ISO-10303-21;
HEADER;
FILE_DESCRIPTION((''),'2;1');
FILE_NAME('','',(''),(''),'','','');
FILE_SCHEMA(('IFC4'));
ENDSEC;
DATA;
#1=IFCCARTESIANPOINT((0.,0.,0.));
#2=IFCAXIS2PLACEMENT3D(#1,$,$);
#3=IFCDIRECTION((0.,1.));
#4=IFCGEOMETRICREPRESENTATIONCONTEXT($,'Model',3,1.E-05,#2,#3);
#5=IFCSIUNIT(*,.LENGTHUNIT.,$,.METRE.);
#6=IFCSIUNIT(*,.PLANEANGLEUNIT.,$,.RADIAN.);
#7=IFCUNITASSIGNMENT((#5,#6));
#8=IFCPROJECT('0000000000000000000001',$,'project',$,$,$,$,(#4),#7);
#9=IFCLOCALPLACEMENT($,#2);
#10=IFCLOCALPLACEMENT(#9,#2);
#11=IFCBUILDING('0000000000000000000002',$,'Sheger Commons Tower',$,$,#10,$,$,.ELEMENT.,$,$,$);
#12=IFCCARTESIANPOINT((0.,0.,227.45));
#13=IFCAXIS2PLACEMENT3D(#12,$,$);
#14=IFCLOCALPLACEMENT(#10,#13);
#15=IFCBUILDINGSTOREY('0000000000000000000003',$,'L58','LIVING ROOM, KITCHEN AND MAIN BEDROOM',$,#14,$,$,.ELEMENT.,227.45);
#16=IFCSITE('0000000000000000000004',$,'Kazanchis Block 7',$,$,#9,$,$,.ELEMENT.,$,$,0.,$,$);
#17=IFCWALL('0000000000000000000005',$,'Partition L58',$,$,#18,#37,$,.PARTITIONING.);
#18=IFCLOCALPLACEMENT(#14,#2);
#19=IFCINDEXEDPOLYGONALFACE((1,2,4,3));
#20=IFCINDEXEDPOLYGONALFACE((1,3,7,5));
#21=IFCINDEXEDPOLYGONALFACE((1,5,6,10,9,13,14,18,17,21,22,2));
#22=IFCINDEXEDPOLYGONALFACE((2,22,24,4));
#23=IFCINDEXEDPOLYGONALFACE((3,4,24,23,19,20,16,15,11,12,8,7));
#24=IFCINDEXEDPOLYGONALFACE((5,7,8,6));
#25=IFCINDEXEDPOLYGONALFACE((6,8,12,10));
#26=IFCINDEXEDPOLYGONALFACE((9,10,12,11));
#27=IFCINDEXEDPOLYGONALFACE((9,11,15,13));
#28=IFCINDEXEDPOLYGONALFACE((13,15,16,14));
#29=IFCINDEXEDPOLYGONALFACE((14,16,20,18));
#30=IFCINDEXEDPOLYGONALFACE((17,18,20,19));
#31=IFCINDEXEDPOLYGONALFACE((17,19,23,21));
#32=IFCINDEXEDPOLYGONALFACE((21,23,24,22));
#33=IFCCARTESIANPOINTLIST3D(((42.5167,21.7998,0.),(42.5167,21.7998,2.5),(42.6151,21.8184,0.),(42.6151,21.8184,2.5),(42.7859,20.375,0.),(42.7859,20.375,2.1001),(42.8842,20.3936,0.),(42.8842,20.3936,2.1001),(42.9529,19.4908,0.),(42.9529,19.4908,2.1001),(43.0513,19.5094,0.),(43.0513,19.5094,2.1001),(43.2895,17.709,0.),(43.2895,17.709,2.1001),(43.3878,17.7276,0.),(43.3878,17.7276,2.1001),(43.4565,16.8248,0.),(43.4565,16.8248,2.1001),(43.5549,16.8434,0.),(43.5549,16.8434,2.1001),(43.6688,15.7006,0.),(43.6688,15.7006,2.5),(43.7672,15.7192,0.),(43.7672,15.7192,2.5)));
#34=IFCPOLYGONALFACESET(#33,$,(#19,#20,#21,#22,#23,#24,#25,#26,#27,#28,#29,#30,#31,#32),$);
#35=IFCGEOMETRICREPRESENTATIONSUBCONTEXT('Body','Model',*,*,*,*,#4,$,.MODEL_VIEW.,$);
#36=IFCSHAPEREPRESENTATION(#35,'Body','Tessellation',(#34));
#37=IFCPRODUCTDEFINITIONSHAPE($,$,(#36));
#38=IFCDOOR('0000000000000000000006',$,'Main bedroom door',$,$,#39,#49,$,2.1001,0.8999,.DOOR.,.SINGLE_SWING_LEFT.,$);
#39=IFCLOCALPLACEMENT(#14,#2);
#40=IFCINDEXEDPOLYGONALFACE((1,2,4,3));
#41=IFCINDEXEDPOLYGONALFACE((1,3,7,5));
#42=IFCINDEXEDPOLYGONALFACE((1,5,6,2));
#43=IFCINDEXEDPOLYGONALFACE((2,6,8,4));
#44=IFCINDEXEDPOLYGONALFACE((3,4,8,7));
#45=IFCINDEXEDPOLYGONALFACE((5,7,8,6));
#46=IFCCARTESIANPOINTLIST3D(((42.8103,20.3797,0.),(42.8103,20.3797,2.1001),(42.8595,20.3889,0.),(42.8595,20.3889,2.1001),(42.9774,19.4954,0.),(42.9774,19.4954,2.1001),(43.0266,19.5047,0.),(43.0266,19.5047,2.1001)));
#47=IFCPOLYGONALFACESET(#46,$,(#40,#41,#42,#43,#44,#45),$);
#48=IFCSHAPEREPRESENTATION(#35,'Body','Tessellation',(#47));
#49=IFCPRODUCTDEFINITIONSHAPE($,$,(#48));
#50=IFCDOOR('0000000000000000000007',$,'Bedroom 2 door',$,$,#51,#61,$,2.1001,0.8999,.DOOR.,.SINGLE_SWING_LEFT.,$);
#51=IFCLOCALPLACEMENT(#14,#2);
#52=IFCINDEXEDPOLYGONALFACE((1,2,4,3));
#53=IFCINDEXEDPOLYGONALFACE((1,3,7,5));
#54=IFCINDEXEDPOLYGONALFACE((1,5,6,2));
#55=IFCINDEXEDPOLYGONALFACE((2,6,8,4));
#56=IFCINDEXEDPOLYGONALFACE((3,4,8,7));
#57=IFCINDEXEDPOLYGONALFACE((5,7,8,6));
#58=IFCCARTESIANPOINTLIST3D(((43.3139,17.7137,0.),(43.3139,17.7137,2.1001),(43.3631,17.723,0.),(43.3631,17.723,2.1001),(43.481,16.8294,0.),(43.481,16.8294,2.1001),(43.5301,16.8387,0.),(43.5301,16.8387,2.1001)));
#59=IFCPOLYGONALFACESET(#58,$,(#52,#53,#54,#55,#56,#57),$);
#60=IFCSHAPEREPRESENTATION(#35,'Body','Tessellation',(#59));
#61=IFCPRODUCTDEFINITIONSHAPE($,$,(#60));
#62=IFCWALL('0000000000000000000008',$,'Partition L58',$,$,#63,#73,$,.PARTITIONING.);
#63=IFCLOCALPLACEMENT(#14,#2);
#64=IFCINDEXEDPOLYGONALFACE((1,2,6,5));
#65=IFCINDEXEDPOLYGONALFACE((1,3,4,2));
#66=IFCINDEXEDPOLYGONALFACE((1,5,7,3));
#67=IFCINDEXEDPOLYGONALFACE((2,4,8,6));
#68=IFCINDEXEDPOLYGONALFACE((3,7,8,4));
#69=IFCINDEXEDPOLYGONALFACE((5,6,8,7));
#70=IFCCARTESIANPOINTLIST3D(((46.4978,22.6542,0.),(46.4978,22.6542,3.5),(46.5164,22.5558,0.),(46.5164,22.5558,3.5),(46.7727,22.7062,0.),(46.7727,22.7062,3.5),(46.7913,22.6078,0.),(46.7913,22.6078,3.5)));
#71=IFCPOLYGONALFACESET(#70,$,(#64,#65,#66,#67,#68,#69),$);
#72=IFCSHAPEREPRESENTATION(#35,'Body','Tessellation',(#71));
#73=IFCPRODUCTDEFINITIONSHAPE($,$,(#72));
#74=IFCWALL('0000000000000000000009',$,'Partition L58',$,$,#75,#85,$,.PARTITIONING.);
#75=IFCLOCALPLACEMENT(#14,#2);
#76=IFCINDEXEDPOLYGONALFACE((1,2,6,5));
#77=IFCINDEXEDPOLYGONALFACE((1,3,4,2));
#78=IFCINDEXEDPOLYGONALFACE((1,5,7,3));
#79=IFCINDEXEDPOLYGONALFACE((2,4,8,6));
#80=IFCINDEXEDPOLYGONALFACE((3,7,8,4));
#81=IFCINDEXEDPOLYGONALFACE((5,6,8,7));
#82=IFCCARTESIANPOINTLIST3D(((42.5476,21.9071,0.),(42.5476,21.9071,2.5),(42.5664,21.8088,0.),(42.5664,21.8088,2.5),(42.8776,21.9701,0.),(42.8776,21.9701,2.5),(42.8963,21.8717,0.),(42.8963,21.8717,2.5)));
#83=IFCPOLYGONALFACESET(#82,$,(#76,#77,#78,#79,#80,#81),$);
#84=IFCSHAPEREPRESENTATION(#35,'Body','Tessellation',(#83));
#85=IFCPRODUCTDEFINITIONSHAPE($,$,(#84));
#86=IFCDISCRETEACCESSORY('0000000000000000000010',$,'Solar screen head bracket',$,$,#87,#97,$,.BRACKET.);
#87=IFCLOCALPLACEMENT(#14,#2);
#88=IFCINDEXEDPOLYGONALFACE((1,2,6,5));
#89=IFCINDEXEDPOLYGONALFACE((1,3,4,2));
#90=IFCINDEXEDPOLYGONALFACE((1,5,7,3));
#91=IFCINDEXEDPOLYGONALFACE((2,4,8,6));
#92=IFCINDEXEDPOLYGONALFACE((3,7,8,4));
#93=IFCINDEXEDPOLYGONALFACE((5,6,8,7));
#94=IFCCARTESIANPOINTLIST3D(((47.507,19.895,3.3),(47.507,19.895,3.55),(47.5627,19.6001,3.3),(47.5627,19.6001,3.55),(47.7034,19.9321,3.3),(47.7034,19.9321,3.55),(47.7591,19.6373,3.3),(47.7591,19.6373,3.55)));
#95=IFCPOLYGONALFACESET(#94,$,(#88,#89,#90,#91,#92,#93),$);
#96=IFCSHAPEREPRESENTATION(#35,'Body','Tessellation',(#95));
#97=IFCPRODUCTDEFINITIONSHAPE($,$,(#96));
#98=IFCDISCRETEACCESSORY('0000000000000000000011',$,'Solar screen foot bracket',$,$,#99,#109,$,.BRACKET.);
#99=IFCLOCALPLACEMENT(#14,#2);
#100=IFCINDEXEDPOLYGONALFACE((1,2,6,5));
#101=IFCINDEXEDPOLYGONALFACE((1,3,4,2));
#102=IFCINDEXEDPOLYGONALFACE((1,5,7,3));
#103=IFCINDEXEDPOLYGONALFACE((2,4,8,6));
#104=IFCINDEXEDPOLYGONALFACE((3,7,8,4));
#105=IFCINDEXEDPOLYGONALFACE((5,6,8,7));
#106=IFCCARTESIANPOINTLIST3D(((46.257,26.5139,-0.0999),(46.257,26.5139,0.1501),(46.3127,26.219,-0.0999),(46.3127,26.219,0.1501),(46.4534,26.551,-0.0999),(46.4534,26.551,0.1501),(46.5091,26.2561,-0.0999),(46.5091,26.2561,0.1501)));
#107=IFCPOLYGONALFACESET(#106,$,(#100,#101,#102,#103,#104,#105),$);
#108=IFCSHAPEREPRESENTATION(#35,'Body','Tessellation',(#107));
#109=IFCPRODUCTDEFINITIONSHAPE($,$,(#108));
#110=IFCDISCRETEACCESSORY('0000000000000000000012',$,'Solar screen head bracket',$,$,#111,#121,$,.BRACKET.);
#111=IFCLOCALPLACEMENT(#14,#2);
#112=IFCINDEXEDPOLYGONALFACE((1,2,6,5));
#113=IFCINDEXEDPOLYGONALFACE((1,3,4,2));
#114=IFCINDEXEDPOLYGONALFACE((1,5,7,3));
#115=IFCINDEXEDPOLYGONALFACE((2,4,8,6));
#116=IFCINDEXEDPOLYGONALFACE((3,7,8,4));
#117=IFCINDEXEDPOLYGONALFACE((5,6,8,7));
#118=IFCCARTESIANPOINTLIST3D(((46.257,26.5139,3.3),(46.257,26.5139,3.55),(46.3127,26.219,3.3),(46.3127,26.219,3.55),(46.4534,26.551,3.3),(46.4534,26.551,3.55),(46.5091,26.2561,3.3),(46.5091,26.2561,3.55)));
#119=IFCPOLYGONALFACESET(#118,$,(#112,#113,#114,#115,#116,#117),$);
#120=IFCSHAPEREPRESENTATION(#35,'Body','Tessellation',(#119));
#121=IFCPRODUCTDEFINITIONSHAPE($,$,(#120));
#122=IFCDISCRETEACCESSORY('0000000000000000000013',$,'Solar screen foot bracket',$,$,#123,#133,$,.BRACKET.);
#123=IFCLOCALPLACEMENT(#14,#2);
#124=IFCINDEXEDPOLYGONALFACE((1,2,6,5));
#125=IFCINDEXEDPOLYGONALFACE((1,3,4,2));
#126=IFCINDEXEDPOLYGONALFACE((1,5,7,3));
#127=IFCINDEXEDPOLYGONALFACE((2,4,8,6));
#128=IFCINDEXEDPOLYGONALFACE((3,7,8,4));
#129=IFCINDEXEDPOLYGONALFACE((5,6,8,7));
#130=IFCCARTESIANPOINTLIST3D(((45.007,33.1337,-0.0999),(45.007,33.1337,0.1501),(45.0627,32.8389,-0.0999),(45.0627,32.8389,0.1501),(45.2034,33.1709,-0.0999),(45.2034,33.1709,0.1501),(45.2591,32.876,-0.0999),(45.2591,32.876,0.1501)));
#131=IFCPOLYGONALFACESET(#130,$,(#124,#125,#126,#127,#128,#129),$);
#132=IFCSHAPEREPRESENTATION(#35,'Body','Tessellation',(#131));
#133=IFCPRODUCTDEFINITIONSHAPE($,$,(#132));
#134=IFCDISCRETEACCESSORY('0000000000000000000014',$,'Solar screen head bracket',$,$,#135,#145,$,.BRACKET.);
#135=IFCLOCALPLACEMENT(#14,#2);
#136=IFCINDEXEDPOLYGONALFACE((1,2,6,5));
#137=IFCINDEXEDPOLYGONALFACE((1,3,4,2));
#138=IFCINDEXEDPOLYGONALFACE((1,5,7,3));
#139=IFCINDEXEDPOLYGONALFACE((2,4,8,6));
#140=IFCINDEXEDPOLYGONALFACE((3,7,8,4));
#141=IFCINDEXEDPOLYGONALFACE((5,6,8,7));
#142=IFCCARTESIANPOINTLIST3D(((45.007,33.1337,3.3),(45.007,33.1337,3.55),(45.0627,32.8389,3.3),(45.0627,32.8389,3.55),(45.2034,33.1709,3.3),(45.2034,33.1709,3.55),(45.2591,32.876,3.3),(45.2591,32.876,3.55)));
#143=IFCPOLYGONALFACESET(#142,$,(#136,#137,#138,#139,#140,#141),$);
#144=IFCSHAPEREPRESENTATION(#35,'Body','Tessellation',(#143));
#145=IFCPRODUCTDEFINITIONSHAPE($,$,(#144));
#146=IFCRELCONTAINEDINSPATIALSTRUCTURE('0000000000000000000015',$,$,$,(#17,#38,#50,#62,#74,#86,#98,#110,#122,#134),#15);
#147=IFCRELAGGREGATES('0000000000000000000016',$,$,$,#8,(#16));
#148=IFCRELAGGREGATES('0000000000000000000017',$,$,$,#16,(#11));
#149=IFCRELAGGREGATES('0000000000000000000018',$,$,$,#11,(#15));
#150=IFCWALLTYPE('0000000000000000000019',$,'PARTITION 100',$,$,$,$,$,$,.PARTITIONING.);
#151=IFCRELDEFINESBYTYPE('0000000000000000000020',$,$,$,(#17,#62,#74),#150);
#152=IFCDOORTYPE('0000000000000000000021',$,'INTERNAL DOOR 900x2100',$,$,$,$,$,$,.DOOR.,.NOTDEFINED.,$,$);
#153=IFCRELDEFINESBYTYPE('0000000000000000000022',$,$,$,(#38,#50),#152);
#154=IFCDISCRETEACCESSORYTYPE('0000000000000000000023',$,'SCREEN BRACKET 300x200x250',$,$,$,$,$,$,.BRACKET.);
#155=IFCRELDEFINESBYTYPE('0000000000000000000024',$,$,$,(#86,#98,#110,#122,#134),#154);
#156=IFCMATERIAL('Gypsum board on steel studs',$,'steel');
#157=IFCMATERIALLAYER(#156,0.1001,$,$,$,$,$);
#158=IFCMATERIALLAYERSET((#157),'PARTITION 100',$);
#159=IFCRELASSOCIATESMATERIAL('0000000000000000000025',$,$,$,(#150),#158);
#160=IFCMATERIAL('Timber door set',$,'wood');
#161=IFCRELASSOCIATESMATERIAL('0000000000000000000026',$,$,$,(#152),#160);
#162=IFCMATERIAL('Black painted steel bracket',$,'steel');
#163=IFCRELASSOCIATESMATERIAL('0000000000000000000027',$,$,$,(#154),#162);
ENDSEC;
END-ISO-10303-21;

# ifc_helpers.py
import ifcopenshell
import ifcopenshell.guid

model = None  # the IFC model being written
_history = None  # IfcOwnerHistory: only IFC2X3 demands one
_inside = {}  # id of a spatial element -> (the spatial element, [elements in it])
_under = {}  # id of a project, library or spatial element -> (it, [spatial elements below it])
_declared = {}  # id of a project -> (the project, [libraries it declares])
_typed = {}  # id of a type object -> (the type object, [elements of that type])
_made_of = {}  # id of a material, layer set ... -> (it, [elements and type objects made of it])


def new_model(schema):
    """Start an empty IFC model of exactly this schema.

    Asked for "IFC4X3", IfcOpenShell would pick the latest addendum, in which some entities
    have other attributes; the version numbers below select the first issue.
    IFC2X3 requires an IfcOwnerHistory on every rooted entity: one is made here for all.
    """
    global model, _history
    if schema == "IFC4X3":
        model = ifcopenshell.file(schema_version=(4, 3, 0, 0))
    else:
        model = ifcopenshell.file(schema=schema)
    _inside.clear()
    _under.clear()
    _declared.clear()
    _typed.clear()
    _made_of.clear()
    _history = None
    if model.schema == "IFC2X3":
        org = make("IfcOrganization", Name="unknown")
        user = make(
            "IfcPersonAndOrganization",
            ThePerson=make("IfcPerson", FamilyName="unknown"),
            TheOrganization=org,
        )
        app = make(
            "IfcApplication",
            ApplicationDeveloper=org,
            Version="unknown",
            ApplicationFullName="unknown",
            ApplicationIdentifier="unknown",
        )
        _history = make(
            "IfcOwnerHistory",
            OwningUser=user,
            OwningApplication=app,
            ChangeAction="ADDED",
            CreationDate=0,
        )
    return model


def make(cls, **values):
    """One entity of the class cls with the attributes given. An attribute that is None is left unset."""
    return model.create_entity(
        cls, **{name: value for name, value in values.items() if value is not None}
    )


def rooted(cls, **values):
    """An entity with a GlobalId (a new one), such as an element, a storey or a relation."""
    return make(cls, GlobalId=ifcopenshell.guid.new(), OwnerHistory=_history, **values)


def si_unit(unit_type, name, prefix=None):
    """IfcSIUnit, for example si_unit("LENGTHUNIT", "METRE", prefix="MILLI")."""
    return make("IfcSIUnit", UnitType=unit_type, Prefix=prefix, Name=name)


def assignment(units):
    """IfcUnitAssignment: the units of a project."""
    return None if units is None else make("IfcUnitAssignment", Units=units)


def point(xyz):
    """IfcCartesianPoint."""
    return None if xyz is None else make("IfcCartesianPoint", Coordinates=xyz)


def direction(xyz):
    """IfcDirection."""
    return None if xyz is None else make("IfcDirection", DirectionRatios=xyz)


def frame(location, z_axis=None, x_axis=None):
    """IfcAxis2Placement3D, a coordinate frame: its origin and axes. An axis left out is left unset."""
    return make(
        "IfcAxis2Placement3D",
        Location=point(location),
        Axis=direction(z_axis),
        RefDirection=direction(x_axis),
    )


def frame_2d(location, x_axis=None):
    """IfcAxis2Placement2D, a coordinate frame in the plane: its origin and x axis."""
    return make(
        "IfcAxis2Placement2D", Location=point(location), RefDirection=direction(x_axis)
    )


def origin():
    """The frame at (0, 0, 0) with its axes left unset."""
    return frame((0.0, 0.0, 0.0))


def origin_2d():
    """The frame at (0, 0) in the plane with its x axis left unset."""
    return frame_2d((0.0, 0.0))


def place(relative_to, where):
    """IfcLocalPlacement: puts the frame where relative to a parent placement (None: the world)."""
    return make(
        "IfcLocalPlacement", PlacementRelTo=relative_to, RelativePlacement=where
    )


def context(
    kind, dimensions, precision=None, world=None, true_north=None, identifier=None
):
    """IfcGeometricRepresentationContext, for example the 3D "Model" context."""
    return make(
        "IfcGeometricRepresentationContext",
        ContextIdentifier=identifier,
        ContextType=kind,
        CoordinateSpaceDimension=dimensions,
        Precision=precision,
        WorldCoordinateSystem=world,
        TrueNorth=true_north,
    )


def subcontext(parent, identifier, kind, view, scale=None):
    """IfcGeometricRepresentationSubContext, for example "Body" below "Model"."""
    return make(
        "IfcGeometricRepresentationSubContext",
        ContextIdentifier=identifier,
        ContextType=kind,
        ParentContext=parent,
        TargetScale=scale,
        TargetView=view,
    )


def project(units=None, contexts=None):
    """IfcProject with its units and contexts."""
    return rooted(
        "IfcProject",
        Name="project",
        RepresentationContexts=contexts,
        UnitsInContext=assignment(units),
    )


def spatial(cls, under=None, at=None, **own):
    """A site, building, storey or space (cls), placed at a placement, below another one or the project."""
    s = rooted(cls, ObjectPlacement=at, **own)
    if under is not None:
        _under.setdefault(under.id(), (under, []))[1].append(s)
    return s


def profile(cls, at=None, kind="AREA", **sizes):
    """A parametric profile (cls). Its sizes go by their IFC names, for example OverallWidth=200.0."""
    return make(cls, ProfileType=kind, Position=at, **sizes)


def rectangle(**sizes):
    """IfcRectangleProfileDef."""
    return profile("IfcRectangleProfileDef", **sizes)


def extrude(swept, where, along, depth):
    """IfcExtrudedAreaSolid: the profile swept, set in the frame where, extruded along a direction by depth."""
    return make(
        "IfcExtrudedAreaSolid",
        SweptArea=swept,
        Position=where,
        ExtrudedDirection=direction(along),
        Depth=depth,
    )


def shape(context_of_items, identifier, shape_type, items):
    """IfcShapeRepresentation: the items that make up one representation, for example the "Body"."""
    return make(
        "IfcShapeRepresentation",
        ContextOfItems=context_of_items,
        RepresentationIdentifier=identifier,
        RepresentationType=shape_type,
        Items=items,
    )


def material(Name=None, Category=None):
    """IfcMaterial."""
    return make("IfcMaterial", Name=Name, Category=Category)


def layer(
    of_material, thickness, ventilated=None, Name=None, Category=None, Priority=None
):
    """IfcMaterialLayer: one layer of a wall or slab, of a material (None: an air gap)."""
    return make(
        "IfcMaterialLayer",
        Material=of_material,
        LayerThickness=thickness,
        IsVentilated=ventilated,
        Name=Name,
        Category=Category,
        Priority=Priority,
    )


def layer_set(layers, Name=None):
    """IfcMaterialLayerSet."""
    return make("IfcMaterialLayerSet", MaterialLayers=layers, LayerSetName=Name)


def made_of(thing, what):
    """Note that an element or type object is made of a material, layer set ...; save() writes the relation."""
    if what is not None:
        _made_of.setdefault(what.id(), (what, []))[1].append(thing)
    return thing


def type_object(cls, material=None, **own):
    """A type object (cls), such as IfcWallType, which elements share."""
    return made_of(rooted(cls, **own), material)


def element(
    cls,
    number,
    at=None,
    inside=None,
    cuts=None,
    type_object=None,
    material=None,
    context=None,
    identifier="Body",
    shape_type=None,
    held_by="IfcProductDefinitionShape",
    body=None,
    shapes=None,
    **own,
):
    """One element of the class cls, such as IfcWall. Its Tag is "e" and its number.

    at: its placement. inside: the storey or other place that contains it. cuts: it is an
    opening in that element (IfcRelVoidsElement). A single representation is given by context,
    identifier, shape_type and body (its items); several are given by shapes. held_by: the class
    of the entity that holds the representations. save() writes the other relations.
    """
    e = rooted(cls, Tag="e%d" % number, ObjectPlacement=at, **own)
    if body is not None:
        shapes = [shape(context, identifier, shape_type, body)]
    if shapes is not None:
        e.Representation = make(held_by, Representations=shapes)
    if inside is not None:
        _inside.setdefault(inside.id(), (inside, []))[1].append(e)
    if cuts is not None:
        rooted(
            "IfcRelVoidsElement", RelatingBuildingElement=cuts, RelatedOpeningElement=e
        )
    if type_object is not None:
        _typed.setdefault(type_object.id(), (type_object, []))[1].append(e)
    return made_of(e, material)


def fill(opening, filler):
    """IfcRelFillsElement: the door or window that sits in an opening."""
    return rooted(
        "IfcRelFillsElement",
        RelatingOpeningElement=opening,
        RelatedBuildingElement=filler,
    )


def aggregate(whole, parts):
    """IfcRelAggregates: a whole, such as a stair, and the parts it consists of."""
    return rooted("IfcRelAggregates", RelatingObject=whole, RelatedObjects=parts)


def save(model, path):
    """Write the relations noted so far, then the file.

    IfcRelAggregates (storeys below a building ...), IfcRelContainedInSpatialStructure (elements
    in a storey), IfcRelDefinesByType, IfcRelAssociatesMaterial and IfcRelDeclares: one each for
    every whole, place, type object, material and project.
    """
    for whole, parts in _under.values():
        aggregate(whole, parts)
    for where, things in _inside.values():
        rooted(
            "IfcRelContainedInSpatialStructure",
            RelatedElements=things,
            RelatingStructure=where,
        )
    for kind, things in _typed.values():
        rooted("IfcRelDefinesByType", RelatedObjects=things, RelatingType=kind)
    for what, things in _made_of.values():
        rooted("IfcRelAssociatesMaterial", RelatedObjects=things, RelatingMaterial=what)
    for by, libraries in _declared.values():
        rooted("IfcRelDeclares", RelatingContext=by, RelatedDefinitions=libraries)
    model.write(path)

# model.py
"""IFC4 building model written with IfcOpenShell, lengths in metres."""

from ifc_helpers import new_model, si_unit, direction, frame, frame_2d, origin, origin_2d, place, context, subcontext, project, spatial, rectangle, extrude, material, layer, layer_set, type_object, element, fill, save


model = new_model("IFC4")

# Units and contexts
model_context = context("Model", 3, precision=1e-05, world=origin(), true_north=direction((0.0, 1.0)))
body_context = subcontext(model_context, "Body", "Model", "MODEL_VIEW")
ifc_project = project(units=[si_unit("LENGTHUNIT", "METRE"), si_unit("PLANEANGLEUNIT", "RADIAN")], contexts=[model_context])

# Site, building, storey
site_placement = place(None, origin())
site = spatial("IfcSite", under=ifc_project, at=site_placement, Name="Kazanchis Block 7", CompositionType="ELEMENT", RefElevation=0.0)
building_placement = place(site_placement, origin())
building = spatial("IfcBuilding", under=site, at=building_placement, Name="Sheger Commons Tower", CompositionType="ELEMENT")
storey_placement = place(building_placement, frame((0.0, 0.0, 227.45)))
storey = spatial("IfcBuildingStorey", under=building, at=storey_placement, Name="L58", Description="LIVING ROOM, KITCHEN AND MAIN BEDROOM", CompositionType="ELEMENT", Elevation=227.45)

# Shared definitions
ifc_material_1 = material(Name="Gypsum board on steel studs", Category="steel")
ifc_layer_1 = layer(ifc_material_1, 0.1001)
ifc_layer_set_1 = layer_set([ifc_layer_1], Name="PARTITION 100")
wall_type_1 = type_object("IfcWallType", Name="PARTITION 100", PredefinedType="PARTITIONING", material=ifc_layer_set_1)

# Wall, openings, doors
wall_1_placement = place(storey_placement, frame((42.5659, 21.8091, 0.0), z_axis=(0.0, 0.0, 1.0), x_axis=(0.185614, -0.982623, 0.0)))
wall_1 = element("IfcWall", 1, at=wall_1_placement, inside=storey, type_object=wall_type_1, Name="Partition L58", PredefinedType="PARTITIONING", context=body_context, shape_type="SweptSolid", body=[
    extrude(rectangle(XDim=6.207, YDim=0.1001, at=frame_2d((3.1035, 0.0))), origin(), (0.0, 0.0, 1.0), 2.5),
])
opening_1_placement = place(wall_1_placement, frame((1.45, 0.0, 0.0)))
opening_1 = element("IfcOpeningElement", 2, at=opening_1_placement, cuts=wall_1, PredefinedType="OPENING", context=body_context, shape_type="SweptSolid", body=[
    extrude(rectangle(XDim=0.8999, YDim=2.1001, at=frame_2d((0.45, 1.05))), frame((0.0, 0.0601, 0.0), z_axis=(0.0, -1.0, 0.0), x_axis=(1.0, 0.0, 0.0)), (0.0, 0.0, 1.0), 0.1201),
])
opening_2_placement = place(wall_1_placement, frame((4.1631, 0.0, 0.0)))
opening_2 = element("IfcOpeningElement", 3, at=opening_2_placement, cuts=wall_1, PredefinedType="OPENING", context=body_context, shape_type="SweptSolid", body=[
    extrude(rectangle(XDim=0.8999, YDim=2.1001, at=frame_2d((0.45, 1.05))), frame((0.0, 0.0601, 0.0), z_axis=(0.0, -1.0, 0.0), x_axis=(1.0, 0.0, 0.0)), (0.0, 0.0, 1.0), 0.1201),
])
ifc_material_2 = material(Name="Timber door set", Category="wood")
door_type = type_object("IfcDoorType", Name="INTERNAL DOOR 900x2100", OperationType="NOTDEFINED", PredefinedType="DOOR", material=ifc_material_2)
door_1_placement = place(opening_1_placement, origin())
door_1 = element("IfcDoor", 4, at=door_1_placement, inside=storey, type_object=door_type, Name="Main bedroom door", OperationType="SINGLE_SWING_LEFT", OverallHeight=2.1001, OverallWidth=0.8999, PredefinedType="DOOR", context=body_context, shape_type="SweptSolid", body=[
    extrude(rectangle(XDim=0.8999, YDim=2.1001, at=frame_2d((0.45, 1.05))), frame((0.0, 0.0249, 0.0), z_axis=(0.0, -1.0, 0.0), x_axis=(1.0, 0.0, 0.0)), (0.0, 0.0, 1.0), 0.05),
])
fill(opening_1, door_1)
door_2_placement = place(opening_2_placement, origin())
door_2 = element("IfcDoor", 5, at=door_2_placement, inside=storey, type_object=door_type, Name="Bedroom 2 door", OperationType="SINGLE_SWING_LEFT", OverallHeight=2.1001, OverallWidth=0.8999, PredefinedType="DOOR", context=body_context, shape_type="SweptSolid", body=[
    extrude(rectangle(XDim=0.8999, YDim=2.1001, at=frame_2d((0.45, 1.05))), frame((0.0, 0.0249, 0.0), z_axis=(0.0, -1.0, 0.0), x_axis=(1.0, 0.0, 0.0)), (0.0, 0.0, 1.0), 0.05),
])
fill(opening_2, door_2)

# Walls
wall_2_placement = place(storey_placement, frame((46.782, 22.657, 0.0), z_axis=(0.0, 0.0, 1.0), x_axis=(-0.982575, -0.185869, 0.0)))
element("IfcWall", 6, at=wall_2_placement, inside=storey, type_object=wall_type_1, Name="Partition L58", PredefinedType="PARTITIONING", context=body_context, shape_type="SweptSolid", body=[
    extrude(rectangle(XDim=0.2798, YDim=0.1001, at=frame_2d((0.1399, 0.0))), origin(), (0.0, 0.0, 1.0), 3.5),
])
wall_3_placement = place(storey_placement, frame((42.887, 21.9209, 0.0), z_axis=(0.0, 0.0, 1.0), x_axis=(-0.982275, -0.187446, 0.0)))
element("IfcWall", 7, at=wall_3_placement, inside=storey, type_object=wall_type_1, Name="Partition L58", PredefinedType="PARTITIONING", context=body_context, shape_type="SweptSolid", body=[
    extrude(rectangle(XDim=0.3359, YDim=0.1001, at=frame_2d((0.168, 0.0))), origin(), (0.0, 0.0, 1.0), 2.5),
])

# Discrete accessories
ifc_material_3 = material(Name="Black painted steel bracket", Category="steel")
discrete_accessory_type = type_object("IfcDiscreteAccessoryType", Name="SCREEN BRACKET 300x200x250", PredefinedType="BRACKET", material=ifc_material_3)
for number, where, z_axis, x_axis, name in (
    (8, (47.6331, 19.7661, 3.3), (0.0, 0.0, 1.0), (-0.185615, 0.982623, 0.0), "Solar screen head bracket"),
    (9, (46.3831, 26.385, -0.0999), (0.0, 0.0, 1.0), (-0.185615, 0.982623, 0.0), "Solar screen foot bracket"),
    (10, (46.3831, 26.385, 3.3), (0.0, 0.0, 1.0), (-0.185615, 0.982623, 0.0), "Solar screen head bracket"),
    (11, (45.1331, 33.0049, -0.0999), (0.0, 0.0, 1.0), (-0.185615, 0.982623, 0.0), "Solar screen foot bracket"),
    (12, (45.1331, 33.0049, 3.3), (0.0, 0.0, 1.0), (-0.185615, 0.982623, 0.0), "Solar screen head bracket"),
):
    element("IfcDiscreteAccessory", number, at=place(storey_placement, frame(where, z_axis=z_axis, x_axis=x_axis)), inside=storey, type_object=discrete_accessory_type, Name=name, PredefinedType="BRACKET", context=body_context, shape_type="SweptSolid", body=[
        extrude(rectangle(XDim=0.3, YDim=0.2, at=origin_2d()), origin(), (0.0, 0.0, 1.0), 0.25),
    ])

save(model, "model.ifc")
